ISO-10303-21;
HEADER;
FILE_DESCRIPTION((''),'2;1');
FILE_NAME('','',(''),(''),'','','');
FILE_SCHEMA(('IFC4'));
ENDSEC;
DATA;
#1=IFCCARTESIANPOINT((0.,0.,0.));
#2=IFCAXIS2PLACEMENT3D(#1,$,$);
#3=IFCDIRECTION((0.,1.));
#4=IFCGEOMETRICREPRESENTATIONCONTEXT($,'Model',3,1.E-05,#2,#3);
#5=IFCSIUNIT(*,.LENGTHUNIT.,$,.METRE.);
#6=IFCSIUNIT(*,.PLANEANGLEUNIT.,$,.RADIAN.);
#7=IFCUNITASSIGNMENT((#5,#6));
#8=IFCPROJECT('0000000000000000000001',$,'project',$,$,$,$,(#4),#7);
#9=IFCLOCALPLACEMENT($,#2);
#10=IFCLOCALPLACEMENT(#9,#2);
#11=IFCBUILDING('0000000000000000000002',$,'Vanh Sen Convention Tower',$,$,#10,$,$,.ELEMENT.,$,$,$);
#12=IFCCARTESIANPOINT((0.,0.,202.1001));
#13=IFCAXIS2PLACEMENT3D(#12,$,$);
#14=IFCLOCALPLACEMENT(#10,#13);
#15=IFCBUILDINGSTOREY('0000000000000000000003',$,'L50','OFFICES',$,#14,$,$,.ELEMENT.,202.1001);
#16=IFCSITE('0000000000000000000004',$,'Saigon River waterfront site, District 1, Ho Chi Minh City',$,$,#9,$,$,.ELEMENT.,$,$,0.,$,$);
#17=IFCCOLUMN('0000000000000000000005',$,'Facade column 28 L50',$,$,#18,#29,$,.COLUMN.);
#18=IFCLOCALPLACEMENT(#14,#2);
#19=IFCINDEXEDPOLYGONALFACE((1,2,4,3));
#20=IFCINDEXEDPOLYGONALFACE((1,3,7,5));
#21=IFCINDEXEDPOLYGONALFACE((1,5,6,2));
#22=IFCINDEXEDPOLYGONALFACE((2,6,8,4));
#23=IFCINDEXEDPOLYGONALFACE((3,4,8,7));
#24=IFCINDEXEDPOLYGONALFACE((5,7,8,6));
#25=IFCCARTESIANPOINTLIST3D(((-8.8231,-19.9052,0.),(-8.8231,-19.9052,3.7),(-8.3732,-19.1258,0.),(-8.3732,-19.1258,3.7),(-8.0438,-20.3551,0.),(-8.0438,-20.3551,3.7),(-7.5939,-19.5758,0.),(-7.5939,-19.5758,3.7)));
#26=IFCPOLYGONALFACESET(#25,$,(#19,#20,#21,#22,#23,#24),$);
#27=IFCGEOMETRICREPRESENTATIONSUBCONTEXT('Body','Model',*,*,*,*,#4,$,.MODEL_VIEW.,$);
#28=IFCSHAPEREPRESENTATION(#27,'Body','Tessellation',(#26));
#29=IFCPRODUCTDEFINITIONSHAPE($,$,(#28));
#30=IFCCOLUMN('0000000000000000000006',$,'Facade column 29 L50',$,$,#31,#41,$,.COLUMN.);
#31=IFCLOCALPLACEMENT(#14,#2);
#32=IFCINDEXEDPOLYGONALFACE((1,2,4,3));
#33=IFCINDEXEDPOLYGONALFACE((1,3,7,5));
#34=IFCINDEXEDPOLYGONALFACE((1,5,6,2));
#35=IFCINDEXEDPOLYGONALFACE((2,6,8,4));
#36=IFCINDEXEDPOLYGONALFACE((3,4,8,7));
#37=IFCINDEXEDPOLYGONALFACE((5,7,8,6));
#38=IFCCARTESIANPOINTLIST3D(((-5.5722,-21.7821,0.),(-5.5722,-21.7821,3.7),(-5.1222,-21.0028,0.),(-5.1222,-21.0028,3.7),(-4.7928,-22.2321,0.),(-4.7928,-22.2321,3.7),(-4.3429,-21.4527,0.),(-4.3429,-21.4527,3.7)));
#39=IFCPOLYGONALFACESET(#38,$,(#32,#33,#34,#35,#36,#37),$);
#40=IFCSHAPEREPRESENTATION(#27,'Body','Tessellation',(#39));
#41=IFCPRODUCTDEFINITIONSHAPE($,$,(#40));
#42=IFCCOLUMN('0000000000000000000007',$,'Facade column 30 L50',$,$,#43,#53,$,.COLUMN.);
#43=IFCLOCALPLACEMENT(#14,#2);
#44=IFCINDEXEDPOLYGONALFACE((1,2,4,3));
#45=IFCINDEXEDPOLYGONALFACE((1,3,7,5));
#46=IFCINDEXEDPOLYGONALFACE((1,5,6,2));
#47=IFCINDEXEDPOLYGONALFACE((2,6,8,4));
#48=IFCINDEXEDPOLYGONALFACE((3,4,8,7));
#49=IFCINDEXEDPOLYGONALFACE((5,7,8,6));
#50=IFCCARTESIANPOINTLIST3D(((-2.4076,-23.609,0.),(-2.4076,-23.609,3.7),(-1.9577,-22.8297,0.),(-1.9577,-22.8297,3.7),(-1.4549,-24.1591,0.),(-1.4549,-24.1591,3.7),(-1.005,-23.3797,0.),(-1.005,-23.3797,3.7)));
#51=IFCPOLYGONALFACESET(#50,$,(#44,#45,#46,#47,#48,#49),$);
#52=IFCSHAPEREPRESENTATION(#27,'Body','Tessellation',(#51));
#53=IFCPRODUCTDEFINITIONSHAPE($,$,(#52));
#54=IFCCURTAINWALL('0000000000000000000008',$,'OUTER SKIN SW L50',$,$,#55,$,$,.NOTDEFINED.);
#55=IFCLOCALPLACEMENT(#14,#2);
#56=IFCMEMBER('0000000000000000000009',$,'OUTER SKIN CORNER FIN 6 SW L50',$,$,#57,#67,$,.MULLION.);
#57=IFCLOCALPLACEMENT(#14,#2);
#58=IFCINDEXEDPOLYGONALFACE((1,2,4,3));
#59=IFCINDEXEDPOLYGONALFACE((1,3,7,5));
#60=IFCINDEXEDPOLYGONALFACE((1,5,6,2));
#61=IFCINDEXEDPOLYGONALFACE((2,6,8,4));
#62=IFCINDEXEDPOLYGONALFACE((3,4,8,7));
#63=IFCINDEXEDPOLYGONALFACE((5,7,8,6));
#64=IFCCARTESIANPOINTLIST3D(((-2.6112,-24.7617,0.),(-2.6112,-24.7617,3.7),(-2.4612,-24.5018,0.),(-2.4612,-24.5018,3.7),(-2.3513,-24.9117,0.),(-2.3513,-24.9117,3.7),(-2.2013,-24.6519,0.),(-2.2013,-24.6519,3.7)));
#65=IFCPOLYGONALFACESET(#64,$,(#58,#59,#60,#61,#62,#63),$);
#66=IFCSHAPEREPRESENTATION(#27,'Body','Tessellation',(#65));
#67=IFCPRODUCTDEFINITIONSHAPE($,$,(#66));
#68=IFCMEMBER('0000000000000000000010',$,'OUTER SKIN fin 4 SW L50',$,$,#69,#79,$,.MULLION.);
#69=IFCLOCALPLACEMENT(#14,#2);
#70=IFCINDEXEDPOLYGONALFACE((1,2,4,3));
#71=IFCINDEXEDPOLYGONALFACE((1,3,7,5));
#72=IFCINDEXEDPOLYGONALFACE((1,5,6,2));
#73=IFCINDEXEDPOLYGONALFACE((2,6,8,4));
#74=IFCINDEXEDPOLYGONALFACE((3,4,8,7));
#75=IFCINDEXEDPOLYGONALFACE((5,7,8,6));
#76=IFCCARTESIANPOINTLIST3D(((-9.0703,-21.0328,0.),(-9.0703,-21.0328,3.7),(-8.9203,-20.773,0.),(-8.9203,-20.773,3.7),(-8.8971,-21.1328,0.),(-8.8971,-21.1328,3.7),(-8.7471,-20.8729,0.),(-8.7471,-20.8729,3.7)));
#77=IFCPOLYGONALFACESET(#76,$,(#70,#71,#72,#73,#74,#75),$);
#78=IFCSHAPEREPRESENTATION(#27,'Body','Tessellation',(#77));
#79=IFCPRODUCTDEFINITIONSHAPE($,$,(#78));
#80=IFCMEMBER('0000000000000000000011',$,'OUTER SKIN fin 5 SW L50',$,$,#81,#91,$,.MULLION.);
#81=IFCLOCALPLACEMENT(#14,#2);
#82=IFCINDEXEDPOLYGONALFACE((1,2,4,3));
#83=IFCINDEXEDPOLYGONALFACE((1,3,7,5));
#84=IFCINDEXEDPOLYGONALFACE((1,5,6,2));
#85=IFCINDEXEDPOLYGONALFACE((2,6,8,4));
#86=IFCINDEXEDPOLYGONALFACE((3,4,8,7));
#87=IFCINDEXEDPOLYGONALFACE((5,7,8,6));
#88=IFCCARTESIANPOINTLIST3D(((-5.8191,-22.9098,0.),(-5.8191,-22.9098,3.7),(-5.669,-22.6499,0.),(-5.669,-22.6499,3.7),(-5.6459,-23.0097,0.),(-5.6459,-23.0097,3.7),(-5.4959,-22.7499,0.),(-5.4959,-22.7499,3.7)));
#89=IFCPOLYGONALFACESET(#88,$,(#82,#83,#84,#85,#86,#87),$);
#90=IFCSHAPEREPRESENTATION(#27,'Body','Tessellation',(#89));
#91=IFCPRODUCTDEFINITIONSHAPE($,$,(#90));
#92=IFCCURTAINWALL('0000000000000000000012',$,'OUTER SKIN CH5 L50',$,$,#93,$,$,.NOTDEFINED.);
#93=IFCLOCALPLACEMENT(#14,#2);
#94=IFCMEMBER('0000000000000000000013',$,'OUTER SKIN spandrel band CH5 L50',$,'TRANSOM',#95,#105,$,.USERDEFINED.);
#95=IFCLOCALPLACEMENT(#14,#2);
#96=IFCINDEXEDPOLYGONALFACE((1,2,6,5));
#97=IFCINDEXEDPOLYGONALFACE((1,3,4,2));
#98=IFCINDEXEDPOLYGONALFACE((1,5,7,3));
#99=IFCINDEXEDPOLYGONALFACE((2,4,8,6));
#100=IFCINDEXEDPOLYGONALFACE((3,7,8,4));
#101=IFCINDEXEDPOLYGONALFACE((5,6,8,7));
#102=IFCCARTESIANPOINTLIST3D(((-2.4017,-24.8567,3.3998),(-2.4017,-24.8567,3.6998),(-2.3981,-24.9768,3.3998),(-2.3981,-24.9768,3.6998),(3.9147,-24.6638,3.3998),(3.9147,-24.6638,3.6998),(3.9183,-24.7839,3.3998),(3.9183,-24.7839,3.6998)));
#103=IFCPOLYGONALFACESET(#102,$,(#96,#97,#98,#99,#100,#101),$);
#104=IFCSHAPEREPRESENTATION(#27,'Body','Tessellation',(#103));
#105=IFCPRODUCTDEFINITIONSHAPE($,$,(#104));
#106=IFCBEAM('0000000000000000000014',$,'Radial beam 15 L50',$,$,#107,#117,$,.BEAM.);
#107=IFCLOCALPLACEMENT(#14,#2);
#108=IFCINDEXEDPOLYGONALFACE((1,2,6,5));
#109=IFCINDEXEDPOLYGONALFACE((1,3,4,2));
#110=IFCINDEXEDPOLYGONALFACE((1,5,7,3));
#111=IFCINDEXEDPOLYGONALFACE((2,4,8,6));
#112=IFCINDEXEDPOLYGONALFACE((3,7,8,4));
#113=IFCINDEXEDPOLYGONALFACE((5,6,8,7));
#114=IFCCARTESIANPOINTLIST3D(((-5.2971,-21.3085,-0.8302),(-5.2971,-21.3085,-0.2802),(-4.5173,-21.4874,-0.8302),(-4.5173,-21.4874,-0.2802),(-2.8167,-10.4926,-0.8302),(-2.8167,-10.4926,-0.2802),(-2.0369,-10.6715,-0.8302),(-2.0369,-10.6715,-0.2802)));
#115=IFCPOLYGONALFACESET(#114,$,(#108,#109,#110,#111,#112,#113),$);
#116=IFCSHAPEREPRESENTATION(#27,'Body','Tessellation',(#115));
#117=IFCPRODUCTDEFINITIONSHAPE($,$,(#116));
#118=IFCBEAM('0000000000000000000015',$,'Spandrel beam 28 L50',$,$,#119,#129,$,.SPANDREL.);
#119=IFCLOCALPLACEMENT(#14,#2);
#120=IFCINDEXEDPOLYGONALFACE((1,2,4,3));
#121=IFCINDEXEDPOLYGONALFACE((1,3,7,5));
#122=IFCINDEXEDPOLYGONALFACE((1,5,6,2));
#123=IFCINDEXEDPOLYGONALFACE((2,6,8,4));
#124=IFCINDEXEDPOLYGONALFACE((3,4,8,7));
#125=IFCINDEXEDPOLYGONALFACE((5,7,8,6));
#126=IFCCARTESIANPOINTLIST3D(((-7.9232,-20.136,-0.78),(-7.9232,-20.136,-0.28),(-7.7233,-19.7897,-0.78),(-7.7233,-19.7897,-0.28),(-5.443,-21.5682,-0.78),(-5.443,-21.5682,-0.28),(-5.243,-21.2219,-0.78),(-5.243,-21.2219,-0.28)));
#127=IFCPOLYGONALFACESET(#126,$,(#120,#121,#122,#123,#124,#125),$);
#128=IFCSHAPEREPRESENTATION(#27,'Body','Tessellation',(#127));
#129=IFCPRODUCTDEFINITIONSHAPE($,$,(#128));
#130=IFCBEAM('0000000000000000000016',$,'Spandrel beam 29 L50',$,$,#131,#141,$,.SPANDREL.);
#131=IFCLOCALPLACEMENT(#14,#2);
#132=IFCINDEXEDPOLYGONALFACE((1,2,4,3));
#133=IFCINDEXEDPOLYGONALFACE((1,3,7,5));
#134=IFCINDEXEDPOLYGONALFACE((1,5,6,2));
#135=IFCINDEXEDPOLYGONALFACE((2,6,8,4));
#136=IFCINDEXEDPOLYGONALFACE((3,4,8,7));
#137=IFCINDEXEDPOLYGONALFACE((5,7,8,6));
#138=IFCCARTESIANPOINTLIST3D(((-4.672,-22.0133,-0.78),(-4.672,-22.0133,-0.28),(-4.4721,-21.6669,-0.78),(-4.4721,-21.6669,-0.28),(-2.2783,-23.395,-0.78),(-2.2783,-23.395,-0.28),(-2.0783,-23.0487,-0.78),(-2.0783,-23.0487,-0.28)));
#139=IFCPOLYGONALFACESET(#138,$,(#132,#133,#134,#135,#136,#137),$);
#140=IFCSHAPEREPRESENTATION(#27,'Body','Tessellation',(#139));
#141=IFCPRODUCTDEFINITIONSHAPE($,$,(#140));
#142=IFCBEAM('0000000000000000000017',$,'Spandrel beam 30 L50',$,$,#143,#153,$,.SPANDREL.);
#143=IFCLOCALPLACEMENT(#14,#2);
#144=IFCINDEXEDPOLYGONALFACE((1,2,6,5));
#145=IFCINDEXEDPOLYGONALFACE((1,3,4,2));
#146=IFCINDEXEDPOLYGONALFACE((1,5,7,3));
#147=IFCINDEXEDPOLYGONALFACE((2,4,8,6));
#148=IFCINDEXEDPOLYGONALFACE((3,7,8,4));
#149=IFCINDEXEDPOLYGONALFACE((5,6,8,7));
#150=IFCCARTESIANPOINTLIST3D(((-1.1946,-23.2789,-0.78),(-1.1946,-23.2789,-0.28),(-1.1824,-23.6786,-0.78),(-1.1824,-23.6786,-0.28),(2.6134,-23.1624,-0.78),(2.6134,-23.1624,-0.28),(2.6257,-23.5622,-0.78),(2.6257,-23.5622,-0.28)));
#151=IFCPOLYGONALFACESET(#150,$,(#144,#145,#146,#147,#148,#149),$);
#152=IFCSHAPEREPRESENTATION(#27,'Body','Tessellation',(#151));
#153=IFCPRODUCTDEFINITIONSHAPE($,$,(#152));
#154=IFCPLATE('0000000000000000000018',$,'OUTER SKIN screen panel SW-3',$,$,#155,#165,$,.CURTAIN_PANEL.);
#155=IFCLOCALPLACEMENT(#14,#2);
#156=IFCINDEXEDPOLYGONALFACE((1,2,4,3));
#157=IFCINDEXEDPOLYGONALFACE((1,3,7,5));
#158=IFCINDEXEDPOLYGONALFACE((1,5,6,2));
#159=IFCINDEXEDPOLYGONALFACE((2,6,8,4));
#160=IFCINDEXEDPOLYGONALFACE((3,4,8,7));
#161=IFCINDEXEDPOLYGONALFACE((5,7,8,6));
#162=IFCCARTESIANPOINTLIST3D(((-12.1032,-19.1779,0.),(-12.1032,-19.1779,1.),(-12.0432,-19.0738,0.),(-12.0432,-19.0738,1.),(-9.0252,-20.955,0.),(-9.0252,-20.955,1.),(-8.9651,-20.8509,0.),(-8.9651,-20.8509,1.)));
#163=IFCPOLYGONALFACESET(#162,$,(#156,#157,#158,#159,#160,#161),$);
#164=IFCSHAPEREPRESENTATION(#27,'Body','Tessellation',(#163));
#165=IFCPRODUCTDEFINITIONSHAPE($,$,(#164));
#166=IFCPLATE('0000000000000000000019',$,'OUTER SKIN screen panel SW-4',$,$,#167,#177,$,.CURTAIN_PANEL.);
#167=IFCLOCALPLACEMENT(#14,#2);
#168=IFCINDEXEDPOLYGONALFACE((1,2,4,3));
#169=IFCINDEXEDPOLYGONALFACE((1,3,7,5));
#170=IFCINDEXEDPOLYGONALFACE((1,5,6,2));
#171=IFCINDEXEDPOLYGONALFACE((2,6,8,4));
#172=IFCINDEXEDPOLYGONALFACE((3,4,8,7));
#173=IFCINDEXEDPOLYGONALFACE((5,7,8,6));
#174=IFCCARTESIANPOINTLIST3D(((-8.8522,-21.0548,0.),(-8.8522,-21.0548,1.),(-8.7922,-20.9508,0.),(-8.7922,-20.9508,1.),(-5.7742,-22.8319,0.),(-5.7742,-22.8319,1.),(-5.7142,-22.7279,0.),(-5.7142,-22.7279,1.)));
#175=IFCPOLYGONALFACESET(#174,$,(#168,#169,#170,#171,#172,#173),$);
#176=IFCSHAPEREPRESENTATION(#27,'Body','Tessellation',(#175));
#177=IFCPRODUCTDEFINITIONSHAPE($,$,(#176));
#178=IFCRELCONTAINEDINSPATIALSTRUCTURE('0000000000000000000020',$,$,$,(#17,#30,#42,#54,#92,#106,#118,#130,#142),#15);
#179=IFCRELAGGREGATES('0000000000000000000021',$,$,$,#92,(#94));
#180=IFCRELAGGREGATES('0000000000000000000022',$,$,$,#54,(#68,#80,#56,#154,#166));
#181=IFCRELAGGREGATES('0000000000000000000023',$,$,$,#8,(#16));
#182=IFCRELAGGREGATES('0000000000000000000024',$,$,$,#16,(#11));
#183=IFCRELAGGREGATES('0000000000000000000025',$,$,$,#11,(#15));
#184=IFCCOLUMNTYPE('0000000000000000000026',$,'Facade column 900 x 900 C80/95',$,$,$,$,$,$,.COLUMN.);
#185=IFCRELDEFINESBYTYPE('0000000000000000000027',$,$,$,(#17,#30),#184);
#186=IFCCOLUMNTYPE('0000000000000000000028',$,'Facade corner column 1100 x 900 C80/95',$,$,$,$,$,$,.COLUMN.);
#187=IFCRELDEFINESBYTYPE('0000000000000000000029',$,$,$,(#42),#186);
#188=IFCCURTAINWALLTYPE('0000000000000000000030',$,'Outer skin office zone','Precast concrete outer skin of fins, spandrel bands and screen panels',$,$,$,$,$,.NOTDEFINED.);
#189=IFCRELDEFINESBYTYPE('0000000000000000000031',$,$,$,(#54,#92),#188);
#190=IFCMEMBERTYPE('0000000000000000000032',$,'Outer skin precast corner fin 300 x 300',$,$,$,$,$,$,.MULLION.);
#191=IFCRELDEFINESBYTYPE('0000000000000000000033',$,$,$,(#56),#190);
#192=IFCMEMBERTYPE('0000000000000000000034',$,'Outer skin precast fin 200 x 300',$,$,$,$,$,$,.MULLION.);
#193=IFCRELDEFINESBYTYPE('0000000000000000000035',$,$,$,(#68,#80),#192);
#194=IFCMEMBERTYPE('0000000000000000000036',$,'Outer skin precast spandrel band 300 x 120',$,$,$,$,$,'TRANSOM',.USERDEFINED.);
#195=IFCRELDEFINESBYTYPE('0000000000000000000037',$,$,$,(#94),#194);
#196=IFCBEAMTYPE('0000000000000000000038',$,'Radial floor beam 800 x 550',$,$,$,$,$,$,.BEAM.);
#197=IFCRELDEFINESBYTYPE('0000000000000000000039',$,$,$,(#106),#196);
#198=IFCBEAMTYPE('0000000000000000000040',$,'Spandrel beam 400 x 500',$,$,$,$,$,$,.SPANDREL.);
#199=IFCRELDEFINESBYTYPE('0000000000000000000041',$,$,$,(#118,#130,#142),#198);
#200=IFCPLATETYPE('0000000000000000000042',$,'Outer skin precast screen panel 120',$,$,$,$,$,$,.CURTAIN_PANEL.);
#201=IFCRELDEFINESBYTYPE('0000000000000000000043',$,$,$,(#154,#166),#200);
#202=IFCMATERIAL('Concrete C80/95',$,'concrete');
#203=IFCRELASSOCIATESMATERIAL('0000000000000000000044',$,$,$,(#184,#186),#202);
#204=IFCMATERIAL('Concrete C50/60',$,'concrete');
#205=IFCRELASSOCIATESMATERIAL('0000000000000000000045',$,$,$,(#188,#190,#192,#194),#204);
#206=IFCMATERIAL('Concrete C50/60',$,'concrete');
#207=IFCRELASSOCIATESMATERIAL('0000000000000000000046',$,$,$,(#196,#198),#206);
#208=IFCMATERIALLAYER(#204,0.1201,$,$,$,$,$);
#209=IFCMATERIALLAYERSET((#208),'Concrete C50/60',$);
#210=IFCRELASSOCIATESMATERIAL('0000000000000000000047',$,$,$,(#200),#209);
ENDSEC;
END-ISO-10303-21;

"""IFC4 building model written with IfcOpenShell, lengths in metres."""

from ifc_helpers import new_model, si_unit, direction, frame, origin, origin_2d, place, context, subcontext, project, spatial, rectangle, extrude, material, layer, layer_set, material_profile, profile_set, type_object, element, aggregate, save


model = new_model("IFC4")

# Units and contexts
model_context = context("Model", 3, precision=1e-05, world=origin(), true_north=direction((0.0, 1.0)))
body_context = subcontext(model_context, "Body", "Model", "MODEL_VIEW")
ifc_project = project(units=[si_unit("LENGTHUNIT", "METRE"), si_unit("PLANEANGLEUNIT", "RADIAN")], contexts=[model_context])

# Site, building, storey
site_placement = place(None, origin())
site = spatial("IfcSite", under=ifc_project, at=site_placement, Name="Saigon River waterfront site, District 1, Ho Chi Minh City", CompositionType="ELEMENT", RefElevation=0.0)
building_placement = place(site_placement, origin())
building = spatial("IfcBuilding", under=site, at=building_placement, Name="Vanh Sen Convention Tower", CompositionType="ELEMENT")
storey_placement = place(building_placement, frame((0.0, 0.0, 202.1001)))
storey = spatial("IfcBuildingStorey", under=building, at=storey_placement, Name="L50", Description="OFFICES", CompositionType="ELEMENT", Elevation=202.1001)

# Columns
ifc_material_1 = material(Name="Concrete C80/95", Category="concrete")
ifc_material_profile_1 = material_profile(ifc_material_1, rectangle(XDim=0.8999, YDim=0.8999, at=origin_2d()), Name="RC 900X900")
ifc_profile_set_1 = profile_set([ifc_material_profile_1], Name="Concrete C80/95")
column_type_1 = type_object("IfcColumnType", Name="Facade column 900 x 900 C80/95", PredefinedType="COLUMN", material=ifc_profile_set_1)
for number, where, z_axis, x_axis, name in (
    (1, (-8.2085, -19.7405, 0.0), (0.0, 0.0, 1.0), (0.866025, -0.5, 0.0), "Facade column 28 L50"),
    (2, (-4.9575, -21.6174, 0.0), (0.0, 0.0, 1.0), (0.866025, -0.5, 0.0), "Facade column 29 L50"),
):
    element("IfcColumn", number, at=place(storey_placement, frame(where, z_axis=z_axis, x_axis=x_axis)), inside=storey, type_object=column_type_1, Name=name, PredefinedType="COLUMN", context=body_context, shape_type="SweptSolid", body=[
        extrude(rectangle(XDim=0.8999, YDim=0.8999, at=origin_2d()), origin(), (0.0, 0.0, 1.0), 3.7),
    ])
ifc_material_profile_2 = material_profile(ifc_material_1, rectangle(XDim=1.1001, YDim=0.8999, at=origin_2d()), Name="RC 1100X900")
ifc_profile_set_2 = profile_set([ifc_material_profile_2], Name="Concrete C80/95")
column_type_2 = type_object("IfcColumnType", Name="Facade corner column 1100 x 900 C80/95", PredefinedType="COLUMN", material=ifc_profile_set_2)
column_placement = place(storey_placement, frame((-1.7063, -23.4944, 0.0), z_axis=(0.0, 0.0, 1.0), x_axis=(0.866025, -0.5, 0.0)))
element("IfcColumn", 3, at=column_placement, inside=storey, type_object=column_type_2, Name="Facade column 30 L50", PredefinedType="COLUMN", context=body_context, shape_type="SweptSolid", body=[
    extrude(rectangle(XDim=1.1001, YDim=0.8999, at=origin_2d()), origin(), (0.0, 0.0, 1.0), 3.7),
])

# Curtain wall, members
ifc_material_2 = material(Name="Concrete C50/60", Category="concrete")
curtain_wall_type = type_object("IfcCurtainWallType", Name="Outer skin office zone", Description="Precast concrete outer skin of fins, spandrel bands and screen panels", PredefinedType="NOTDEFINED", material=ifc_material_2)
curtain_wall_1_placement = place(storey_placement, origin())
curtain_wall_1 = element("IfcCurtainWall", 4, at=curtain_wall_1_placement, inside=storey, type_object=curtain_wall_type, Name="OUTER SKIN SW L50", PredefinedType="NOTDEFINED")
ifc_material_profile_3 = material_profile(ifc_material_2, rectangle(XDim=0.3, YDim=0.3, at=origin_2d()), Name="Outer skin precast corner fin 300 x 300")
ifc_profile_set_3 = profile_set([ifc_material_profile_3], Name="Concrete C50/60")
member_type_1 = type_object("IfcMemberType", Name="Outer skin precast corner fin 300 x 300", PredefinedType="MULLION", material=ifc_profile_set_3)
member_1_placement = place(storey_placement, frame((-2.4062, -24.7068, 0.0), z_axis=(0.0, 0.0, 1.0), x_axis=(0.866025, -0.5, 0.0)))
member_1 = element("IfcMember", 5, at=member_1_placement, type_object=member_type_1, Name="OUTER SKIN CORNER FIN 6 SW L50", PredefinedType="MULLION", context=body_context, shape_type="SweptSolid", body=[
    extrude(rectangle(XDim=0.3, YDim=0.3, at=origin_2d()), origin(), (0.0, 0.0, 1.0), 3.7),
])
ifc_material_profile_4 = material_profile(ifc_material_2, rectangle(XDim=0.2, YDim=0.3, at=origin_2d()), Name="Outer skin precast fin 200 x 300")
ifc_profile_set_4 = profile_set([ifc_material_profile_4], Name="Concrete C50/60")
member_type_2 = type_object("IfcMemberType", Name="Outer skin precast fin 200 x 300", PredefinedType="MULLION", material=ifc_profile_set_4)
member_2_placement = place(storey_placement, frame((-8.9087, -20.9529, 0.0), z_axis=(0.0, 0.0, 1.0), x_axis=(0.866025, -0.5, 0.0)))
member_2 = element("IfcMember", 6, at=member_2_placement, type_object=member_type_2, Name="OUTER SKIN fin 4 SW L50", PredefinedType="MULLION", context=body_context, shape_type="SweptSolid", body=[
    extrude(rectangle(XDim=0.2, YDim=0.3, at=origin_2d()), origin(), (0.0, 0.0, 1.0), 3.7),
])
member_3_placement = place(storey_placement, frame((-5.6575, -22.8298, 0.0), z_axis=(0.0, 0.0, 1.0), x_axis=(0.866025, -0.5, 0.0)))
member_3 = element("IfcMember", 7, at=member_3_placement, type_object=member_type_2, Name="OUTER SKIN fin 5 SW L50", PredefinedType="MULLION", context=body_context, shape_type="SweptSolid", body=[
    extrude(rectangle(XDim=0.2, YDim=0.3, at=origin_2d()), origin(), (0.0, 0.0, 1.0), 3.7),
])

# Curtain wall, member
curtain_wall_2_placement = place(storey_placement, origin())
curtain_wall_2 = element("IfcCurtainWall", 8, at=curtain_wall_2_placement, inside=storey, type_object=curtain_wall_type, Name="OUTER SKIN CH5 L50", PredefinedType="NOTDEFINED")
ifc_material_profile_5 = material_profile(ifc_material_2, rectangle(XDim=0.1201, YDim=0.3, at=origin_2d()), Name="Outer skin precast spandrel band 300 x 120")
ifc_profile_set_5 = profile_set([ifc_material_profile_5], Name="Concrete C50/60")
member_type_3 = type_object("IfcMemberType", Name="Outer skin precast spandrel band 300 x 120", ElementType="TRANSOM", PredefinedType="USERDEFINED", material=ifc_profile_set_5)
member_4_placement = place(storey_placement, frame((-2.3999, -24.9167, 3.5498), z_axis=(0.999534, 0.030521, 0.0), x_axis=(-0.030521, 0.999534, 0.0)))
member_4 = element("IfcMember", 9, at=member_4_placement, type_object=member_type_3, Name="OUTER SKIN spandrel band CH5 L50", ObjectType="TRANSOM", PredefinedType="USERDEFINED", context=body_context, shape_type="SweptSolid", body=[
    extrude(rectangle(XDim=0.1201, YDim=0.3, at=origin_2d()), origin(), (0.0, 0.0, 1.0), 6.3193),
])
aggregate(curtain_wall_2, [member_4])

# Beams
ifc_material_3 = material(Name="Concrete C50/60", Category="concrete")
ifc_material_profile_6 = material_profile(ifc_material_3, rectangle(XDim=0.8, YDim=0.55, at=origin_2d()), Name="RC 800X550")
ifc_profile_set_6 = profile_set([ifc_material_profile_6], Name="Concrete C50/60")
beam_type_1 = type_object("IfcBeamType", Name="Radial floor beam 800 x 550", PredefinedType="BEAM", material=ifc_profile_set_6)
beam_1_placement = place(storey_placement, frame((-4.9072, -21.3979, -0.5552), z_axis=(0.223532, 0.974697, 0.0), x_axis=(-0.974697, 0.223532, 0.0)))
element("IfcBeam", 10, at=beam_1_placement, inside=storey, type_object=beam_type_1, Name="Radial beam 15 L50", PredefinedType="BEAM", context=body_context, shape_type="SweptSolid", body=[
    extrude(rectangle(XDim=0.8, YDim=0.55, at=origin_2d()), origin(), (0.0, 0.0, 1.0), 11.0967),
])
ifc_material_profile_7 = material_profile(ifc_material_3, rectangle(XDim=0.3999, YDim=0.5, at=origin_2d()), Name="RC 400X500")
ifc_profile_set_7 = profile_set([ifc_material_profile_7], Name="Concrete C50/60")
beam_type_2 = type_object("IfcBeamType", Name="Spandrel beam 400 x 500", PredefinedType="SPANDREL", material=ifc_profile_set_7)
beam_2_placement = place(storey_placement, frame((-7.8232, -19.9629, -0.53), z_axis=(0.866, -0.500045, 0.0), x_axis=(0.500045, 0.866, 0.0)))
element("IfcBeam", 11, at=beam_2_placement, inside=storey, type_object=beam_type_2, Name="Spandrel beam 28 L50", PredefinedType="SPANDREL", context=body_context, shape_type="SweptSolid", body=[
    extrude(rectangle(XDim=0.3999, YDim=0.5, at=origin_2d()), origin(), (0.0, 0.0, 1.0), 2.864),
])
beam_3_placement = place(storey_placement, frame((-4.572, -21.8401, -0.53), z_axis=(0.866061, -0.499939, 0.0), x_axis=(0.499939, 0.866061, 0.0)))
element("IfcBeam", 12, at=beam_3_placement, inside=storey, type_object=beam_type_2, Name="Spandrel beam 29 L50", PredefinedType="SPANDREL", context=body_context, shape_type="SweptSolid", body=[
    extrude(rectangle(XDim=0.3999, YDim=0.5, at=origin_2d()), origin(), (0.0, 0.0, 1.0), 2.7639),
])
beam_4_placement = place(storey_placement, frame((-1.1885, -23.4788, -0.53), z_axis=(0.999533, 0.030567, 0.0), x_axis=(-0.030567, 0.999533, 0.0)))
element("IfcBeam", 13, at=beam_4_placement, inside=storey, type_object=beam_type_2, Name="Spandrel beam 30 L50", PredefinedType="SPANDREL", context=body_context, shape_type="SweptSolid", body=[
    extrude(rectangle(XDim=0.3999, YDim=0.5, at=origin_2d()), origin(), (0.0, 0.0, 1.0), 3.8098),
])

# Plates
ifc_layer_1 = layer(ifc_material_2, 0.1201)
ifc_layer_set_1 = layer_set([ifc_layer_1], Name="Concrete C50/60")
plate_type = type_object("IfcPlateType", Name="Outer skin precast screen panel 120", PredefinedType="CURTAIN_PANEL", material=ifc_layer_set_1)
plate_1_placement = place(storey_placement, frame((-10.5342, -20.0144, 0.0), z_axis=(0.0, 0.0, 1.0), x_axis=(0.866024, -0.500003, 0.0)))
plate_1 = element("IfcPlate", 14, at=plate_1_placement, type_object=plate_type, Name="OUTER SKIN screen panel SW-3", PredefinedType="CURTAIN_PANEL", context=body_context, shape_type="SweptSolid", body=[
    extrude(rectangle(XDim=3.5542, YDim=0.1201, at=origin_2d()), origin(), (0.0, 0.0, 1.0), 1.0),
])
plate_2_placement = place(storey_placement, frame((-7.2832, -21.8914, 0.0), z_axis=(0.0, 0.0, 1.0), x_axis=(0.866017, -0.500015, 0.0)))
plate_2 = element("IfcPlate", 15, at=plate_2_placement, type_object=plate_type, Name="OUTER SKIN screen panel SW-4", PredefinedType="CURTAIN_PANEL", context=body_context, shape_type="SweptSolid", body=[
    extrude(rectangle(XDim=3.5542, YDim=0.1201, at=origin_2d()), origin(), (0.0, 0.0, 1.0), 1.0),
])
aggregate(curtain_wall_1, [member_2, member_3, member_1, plate_1, plate_2])

save(model, "model.ifc")
